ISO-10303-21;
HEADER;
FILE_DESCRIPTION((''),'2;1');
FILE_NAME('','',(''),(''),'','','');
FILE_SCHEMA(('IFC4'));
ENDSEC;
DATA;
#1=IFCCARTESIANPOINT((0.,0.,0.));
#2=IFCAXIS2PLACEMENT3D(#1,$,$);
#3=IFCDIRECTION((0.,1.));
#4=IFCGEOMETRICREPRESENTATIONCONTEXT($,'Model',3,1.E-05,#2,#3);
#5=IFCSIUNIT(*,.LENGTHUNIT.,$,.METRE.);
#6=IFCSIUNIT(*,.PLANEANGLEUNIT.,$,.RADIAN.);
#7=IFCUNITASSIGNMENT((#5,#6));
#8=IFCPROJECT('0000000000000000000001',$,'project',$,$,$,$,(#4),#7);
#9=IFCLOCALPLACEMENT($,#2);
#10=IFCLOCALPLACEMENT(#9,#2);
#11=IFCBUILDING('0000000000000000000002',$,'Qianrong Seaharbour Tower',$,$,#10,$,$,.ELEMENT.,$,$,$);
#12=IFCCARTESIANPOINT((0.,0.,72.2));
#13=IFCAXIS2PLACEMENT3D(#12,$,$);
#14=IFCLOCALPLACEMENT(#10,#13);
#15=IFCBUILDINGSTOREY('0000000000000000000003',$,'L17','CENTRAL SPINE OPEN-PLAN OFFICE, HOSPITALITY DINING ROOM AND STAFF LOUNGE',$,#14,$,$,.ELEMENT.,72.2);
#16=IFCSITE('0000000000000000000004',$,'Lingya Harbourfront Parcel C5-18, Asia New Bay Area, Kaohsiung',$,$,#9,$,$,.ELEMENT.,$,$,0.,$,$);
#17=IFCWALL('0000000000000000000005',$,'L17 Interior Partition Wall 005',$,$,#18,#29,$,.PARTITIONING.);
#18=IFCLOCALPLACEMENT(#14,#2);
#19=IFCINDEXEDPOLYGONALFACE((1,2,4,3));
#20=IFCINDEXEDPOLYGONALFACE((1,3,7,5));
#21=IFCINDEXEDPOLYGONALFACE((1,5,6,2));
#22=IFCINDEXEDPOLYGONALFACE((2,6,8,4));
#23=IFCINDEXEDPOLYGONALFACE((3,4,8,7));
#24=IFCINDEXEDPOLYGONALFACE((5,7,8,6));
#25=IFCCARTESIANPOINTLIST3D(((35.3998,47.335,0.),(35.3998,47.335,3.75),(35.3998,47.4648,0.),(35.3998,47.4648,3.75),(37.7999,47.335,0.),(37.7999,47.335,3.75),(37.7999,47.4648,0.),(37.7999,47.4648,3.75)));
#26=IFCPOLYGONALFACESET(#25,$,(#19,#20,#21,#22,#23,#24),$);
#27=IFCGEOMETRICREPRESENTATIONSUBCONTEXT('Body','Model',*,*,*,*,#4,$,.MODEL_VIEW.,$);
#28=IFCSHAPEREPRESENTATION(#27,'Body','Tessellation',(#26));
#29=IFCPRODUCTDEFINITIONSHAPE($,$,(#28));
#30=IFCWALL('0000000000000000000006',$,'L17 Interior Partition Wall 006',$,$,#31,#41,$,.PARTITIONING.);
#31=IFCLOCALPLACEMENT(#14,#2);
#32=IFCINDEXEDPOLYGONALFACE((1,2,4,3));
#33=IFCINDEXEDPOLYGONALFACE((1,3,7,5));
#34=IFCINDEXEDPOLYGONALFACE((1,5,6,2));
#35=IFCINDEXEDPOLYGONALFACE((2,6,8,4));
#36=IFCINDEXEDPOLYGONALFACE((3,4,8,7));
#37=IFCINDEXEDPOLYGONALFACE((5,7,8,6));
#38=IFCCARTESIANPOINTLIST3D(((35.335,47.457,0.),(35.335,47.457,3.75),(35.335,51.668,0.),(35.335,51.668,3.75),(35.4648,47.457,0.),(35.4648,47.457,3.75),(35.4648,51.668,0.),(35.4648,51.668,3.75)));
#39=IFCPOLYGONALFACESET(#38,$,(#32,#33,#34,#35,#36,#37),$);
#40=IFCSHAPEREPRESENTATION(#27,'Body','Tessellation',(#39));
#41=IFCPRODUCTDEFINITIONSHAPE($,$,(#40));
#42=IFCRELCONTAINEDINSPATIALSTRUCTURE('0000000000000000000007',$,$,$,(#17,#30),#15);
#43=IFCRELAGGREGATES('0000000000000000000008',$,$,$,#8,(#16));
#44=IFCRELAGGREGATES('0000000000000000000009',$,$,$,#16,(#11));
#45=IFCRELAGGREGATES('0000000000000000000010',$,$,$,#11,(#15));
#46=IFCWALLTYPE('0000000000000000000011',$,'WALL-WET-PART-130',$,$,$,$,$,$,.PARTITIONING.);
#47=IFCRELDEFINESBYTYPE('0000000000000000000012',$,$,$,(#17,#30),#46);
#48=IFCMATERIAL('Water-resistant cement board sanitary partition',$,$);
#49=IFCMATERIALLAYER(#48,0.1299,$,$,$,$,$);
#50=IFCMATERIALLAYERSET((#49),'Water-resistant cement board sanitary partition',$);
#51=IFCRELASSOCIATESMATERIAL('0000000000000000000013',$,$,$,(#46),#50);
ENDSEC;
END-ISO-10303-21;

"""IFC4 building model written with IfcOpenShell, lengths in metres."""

from ifc_helpers import new_model, si_unit, direction, frame, frame_2d, origin, place, context, subcontext, project, spatial, rectangle, extrude, material, layer, layer_set, type_object, element, save


model = new_model("IFC4")

# Units and contexts
model_context = context("Model", 3, precision=1e-05, world=origin(), true_north=direction((0.0, 1.0)))
body_context = subcontext(model_context, "Body", "Model", "MODEL_VIEW")
ifc_project = project(units=[si_unit("LENGTHUNIT", "METRE"), si_unit("PLANEANGLEUNIT", "RADIAN")], contexts=[model_context])

# Site, building, storey
site_placement = place(None, origin())
site = spatial("IfcSite", under=ifc_project, at=site_placement, Name="Lingya Harbourfront Parcel C5-18, Asia New Bay Area, Kaohsiung", CompositionType="ELEMENT", RefElevation=0.0)
building_placement = place(site_placement, origin())
building = spatial("IfcBuilding", under=site, at=building_placement, Name="Qianrong Seaharbour Tower", CompositionType="ELEMENT")
storey_placement = place(building_placement, frame((0.0, 0.0, 72.2)))
storey = spatial("IfcBuildingStorey", under=building, at=storey_placement, Name="L17", Description="CENTRAL SPINE OPEN-PLAN OFFICE, HOSPITALITY DINING ROOM AND STAFF LOUNGE", CompositionType="ELEMENT", Elevation=72.2)

# Shared definitions
ifc_material_1 = material(Name="Water-resistant cement board sanitary partition")
ifc_layer_1 = layer(ifc_material_1, 0.1299)
ifc_layer_set_1 = layer_set([ifc_layer_1], Name="Water-resistant cement board sanitary partition")
wall_type_1 = type_object("IfcWallType", Name="WALL-WET-PART-130", PredefinedType="PARTITIONING", material=ifc_layer_set_1)

# Walls
wall_1_placement = place(storey_placement, frame((37.8, 47.3999, 0.0), z_axis=(0.0, 0.0, 1.0), x_axis=(-1.0, 0.0, 0.0)))
element("IfcWall", 1, at=wall_1_placement, inside=storey, type_object=wall_type_1, Name="L17 Interior Partition Wall 005", PredefinedType="PARTITIONING", context=body_context, shape_type="SweptSolid", body=[
    extrude(rectangle(XDim=2.4001, YDim=0.1299, at=frame_2d((1.2002, 0.0))), origin(), (0.0, 0.0, 1.0), 3.75),
])
wall_2_placement = place(storey_placement, frame((35.3999, 47.457, 0.0), z_axis=(0.0, 0.0, 1.0), x_axis=(0.0, 1.0, 0.0)))
element("IfcWall", 2, at=wall_2_placement, inside=storey, type_object=wall_type_1, Name="L17 Interior Partition Wall 006", PredefinedType="PARTITIONING", context=body_context, shape_type="SweptSolid", body=[
    extrude(rectangle(XDim=4.2109, YDim=0.1299, at=frame_2d((2.1055, 0.0))), origin(), (0.0, 0.0, 1.0), 3.75),
])

save(model, "model.ifc")
